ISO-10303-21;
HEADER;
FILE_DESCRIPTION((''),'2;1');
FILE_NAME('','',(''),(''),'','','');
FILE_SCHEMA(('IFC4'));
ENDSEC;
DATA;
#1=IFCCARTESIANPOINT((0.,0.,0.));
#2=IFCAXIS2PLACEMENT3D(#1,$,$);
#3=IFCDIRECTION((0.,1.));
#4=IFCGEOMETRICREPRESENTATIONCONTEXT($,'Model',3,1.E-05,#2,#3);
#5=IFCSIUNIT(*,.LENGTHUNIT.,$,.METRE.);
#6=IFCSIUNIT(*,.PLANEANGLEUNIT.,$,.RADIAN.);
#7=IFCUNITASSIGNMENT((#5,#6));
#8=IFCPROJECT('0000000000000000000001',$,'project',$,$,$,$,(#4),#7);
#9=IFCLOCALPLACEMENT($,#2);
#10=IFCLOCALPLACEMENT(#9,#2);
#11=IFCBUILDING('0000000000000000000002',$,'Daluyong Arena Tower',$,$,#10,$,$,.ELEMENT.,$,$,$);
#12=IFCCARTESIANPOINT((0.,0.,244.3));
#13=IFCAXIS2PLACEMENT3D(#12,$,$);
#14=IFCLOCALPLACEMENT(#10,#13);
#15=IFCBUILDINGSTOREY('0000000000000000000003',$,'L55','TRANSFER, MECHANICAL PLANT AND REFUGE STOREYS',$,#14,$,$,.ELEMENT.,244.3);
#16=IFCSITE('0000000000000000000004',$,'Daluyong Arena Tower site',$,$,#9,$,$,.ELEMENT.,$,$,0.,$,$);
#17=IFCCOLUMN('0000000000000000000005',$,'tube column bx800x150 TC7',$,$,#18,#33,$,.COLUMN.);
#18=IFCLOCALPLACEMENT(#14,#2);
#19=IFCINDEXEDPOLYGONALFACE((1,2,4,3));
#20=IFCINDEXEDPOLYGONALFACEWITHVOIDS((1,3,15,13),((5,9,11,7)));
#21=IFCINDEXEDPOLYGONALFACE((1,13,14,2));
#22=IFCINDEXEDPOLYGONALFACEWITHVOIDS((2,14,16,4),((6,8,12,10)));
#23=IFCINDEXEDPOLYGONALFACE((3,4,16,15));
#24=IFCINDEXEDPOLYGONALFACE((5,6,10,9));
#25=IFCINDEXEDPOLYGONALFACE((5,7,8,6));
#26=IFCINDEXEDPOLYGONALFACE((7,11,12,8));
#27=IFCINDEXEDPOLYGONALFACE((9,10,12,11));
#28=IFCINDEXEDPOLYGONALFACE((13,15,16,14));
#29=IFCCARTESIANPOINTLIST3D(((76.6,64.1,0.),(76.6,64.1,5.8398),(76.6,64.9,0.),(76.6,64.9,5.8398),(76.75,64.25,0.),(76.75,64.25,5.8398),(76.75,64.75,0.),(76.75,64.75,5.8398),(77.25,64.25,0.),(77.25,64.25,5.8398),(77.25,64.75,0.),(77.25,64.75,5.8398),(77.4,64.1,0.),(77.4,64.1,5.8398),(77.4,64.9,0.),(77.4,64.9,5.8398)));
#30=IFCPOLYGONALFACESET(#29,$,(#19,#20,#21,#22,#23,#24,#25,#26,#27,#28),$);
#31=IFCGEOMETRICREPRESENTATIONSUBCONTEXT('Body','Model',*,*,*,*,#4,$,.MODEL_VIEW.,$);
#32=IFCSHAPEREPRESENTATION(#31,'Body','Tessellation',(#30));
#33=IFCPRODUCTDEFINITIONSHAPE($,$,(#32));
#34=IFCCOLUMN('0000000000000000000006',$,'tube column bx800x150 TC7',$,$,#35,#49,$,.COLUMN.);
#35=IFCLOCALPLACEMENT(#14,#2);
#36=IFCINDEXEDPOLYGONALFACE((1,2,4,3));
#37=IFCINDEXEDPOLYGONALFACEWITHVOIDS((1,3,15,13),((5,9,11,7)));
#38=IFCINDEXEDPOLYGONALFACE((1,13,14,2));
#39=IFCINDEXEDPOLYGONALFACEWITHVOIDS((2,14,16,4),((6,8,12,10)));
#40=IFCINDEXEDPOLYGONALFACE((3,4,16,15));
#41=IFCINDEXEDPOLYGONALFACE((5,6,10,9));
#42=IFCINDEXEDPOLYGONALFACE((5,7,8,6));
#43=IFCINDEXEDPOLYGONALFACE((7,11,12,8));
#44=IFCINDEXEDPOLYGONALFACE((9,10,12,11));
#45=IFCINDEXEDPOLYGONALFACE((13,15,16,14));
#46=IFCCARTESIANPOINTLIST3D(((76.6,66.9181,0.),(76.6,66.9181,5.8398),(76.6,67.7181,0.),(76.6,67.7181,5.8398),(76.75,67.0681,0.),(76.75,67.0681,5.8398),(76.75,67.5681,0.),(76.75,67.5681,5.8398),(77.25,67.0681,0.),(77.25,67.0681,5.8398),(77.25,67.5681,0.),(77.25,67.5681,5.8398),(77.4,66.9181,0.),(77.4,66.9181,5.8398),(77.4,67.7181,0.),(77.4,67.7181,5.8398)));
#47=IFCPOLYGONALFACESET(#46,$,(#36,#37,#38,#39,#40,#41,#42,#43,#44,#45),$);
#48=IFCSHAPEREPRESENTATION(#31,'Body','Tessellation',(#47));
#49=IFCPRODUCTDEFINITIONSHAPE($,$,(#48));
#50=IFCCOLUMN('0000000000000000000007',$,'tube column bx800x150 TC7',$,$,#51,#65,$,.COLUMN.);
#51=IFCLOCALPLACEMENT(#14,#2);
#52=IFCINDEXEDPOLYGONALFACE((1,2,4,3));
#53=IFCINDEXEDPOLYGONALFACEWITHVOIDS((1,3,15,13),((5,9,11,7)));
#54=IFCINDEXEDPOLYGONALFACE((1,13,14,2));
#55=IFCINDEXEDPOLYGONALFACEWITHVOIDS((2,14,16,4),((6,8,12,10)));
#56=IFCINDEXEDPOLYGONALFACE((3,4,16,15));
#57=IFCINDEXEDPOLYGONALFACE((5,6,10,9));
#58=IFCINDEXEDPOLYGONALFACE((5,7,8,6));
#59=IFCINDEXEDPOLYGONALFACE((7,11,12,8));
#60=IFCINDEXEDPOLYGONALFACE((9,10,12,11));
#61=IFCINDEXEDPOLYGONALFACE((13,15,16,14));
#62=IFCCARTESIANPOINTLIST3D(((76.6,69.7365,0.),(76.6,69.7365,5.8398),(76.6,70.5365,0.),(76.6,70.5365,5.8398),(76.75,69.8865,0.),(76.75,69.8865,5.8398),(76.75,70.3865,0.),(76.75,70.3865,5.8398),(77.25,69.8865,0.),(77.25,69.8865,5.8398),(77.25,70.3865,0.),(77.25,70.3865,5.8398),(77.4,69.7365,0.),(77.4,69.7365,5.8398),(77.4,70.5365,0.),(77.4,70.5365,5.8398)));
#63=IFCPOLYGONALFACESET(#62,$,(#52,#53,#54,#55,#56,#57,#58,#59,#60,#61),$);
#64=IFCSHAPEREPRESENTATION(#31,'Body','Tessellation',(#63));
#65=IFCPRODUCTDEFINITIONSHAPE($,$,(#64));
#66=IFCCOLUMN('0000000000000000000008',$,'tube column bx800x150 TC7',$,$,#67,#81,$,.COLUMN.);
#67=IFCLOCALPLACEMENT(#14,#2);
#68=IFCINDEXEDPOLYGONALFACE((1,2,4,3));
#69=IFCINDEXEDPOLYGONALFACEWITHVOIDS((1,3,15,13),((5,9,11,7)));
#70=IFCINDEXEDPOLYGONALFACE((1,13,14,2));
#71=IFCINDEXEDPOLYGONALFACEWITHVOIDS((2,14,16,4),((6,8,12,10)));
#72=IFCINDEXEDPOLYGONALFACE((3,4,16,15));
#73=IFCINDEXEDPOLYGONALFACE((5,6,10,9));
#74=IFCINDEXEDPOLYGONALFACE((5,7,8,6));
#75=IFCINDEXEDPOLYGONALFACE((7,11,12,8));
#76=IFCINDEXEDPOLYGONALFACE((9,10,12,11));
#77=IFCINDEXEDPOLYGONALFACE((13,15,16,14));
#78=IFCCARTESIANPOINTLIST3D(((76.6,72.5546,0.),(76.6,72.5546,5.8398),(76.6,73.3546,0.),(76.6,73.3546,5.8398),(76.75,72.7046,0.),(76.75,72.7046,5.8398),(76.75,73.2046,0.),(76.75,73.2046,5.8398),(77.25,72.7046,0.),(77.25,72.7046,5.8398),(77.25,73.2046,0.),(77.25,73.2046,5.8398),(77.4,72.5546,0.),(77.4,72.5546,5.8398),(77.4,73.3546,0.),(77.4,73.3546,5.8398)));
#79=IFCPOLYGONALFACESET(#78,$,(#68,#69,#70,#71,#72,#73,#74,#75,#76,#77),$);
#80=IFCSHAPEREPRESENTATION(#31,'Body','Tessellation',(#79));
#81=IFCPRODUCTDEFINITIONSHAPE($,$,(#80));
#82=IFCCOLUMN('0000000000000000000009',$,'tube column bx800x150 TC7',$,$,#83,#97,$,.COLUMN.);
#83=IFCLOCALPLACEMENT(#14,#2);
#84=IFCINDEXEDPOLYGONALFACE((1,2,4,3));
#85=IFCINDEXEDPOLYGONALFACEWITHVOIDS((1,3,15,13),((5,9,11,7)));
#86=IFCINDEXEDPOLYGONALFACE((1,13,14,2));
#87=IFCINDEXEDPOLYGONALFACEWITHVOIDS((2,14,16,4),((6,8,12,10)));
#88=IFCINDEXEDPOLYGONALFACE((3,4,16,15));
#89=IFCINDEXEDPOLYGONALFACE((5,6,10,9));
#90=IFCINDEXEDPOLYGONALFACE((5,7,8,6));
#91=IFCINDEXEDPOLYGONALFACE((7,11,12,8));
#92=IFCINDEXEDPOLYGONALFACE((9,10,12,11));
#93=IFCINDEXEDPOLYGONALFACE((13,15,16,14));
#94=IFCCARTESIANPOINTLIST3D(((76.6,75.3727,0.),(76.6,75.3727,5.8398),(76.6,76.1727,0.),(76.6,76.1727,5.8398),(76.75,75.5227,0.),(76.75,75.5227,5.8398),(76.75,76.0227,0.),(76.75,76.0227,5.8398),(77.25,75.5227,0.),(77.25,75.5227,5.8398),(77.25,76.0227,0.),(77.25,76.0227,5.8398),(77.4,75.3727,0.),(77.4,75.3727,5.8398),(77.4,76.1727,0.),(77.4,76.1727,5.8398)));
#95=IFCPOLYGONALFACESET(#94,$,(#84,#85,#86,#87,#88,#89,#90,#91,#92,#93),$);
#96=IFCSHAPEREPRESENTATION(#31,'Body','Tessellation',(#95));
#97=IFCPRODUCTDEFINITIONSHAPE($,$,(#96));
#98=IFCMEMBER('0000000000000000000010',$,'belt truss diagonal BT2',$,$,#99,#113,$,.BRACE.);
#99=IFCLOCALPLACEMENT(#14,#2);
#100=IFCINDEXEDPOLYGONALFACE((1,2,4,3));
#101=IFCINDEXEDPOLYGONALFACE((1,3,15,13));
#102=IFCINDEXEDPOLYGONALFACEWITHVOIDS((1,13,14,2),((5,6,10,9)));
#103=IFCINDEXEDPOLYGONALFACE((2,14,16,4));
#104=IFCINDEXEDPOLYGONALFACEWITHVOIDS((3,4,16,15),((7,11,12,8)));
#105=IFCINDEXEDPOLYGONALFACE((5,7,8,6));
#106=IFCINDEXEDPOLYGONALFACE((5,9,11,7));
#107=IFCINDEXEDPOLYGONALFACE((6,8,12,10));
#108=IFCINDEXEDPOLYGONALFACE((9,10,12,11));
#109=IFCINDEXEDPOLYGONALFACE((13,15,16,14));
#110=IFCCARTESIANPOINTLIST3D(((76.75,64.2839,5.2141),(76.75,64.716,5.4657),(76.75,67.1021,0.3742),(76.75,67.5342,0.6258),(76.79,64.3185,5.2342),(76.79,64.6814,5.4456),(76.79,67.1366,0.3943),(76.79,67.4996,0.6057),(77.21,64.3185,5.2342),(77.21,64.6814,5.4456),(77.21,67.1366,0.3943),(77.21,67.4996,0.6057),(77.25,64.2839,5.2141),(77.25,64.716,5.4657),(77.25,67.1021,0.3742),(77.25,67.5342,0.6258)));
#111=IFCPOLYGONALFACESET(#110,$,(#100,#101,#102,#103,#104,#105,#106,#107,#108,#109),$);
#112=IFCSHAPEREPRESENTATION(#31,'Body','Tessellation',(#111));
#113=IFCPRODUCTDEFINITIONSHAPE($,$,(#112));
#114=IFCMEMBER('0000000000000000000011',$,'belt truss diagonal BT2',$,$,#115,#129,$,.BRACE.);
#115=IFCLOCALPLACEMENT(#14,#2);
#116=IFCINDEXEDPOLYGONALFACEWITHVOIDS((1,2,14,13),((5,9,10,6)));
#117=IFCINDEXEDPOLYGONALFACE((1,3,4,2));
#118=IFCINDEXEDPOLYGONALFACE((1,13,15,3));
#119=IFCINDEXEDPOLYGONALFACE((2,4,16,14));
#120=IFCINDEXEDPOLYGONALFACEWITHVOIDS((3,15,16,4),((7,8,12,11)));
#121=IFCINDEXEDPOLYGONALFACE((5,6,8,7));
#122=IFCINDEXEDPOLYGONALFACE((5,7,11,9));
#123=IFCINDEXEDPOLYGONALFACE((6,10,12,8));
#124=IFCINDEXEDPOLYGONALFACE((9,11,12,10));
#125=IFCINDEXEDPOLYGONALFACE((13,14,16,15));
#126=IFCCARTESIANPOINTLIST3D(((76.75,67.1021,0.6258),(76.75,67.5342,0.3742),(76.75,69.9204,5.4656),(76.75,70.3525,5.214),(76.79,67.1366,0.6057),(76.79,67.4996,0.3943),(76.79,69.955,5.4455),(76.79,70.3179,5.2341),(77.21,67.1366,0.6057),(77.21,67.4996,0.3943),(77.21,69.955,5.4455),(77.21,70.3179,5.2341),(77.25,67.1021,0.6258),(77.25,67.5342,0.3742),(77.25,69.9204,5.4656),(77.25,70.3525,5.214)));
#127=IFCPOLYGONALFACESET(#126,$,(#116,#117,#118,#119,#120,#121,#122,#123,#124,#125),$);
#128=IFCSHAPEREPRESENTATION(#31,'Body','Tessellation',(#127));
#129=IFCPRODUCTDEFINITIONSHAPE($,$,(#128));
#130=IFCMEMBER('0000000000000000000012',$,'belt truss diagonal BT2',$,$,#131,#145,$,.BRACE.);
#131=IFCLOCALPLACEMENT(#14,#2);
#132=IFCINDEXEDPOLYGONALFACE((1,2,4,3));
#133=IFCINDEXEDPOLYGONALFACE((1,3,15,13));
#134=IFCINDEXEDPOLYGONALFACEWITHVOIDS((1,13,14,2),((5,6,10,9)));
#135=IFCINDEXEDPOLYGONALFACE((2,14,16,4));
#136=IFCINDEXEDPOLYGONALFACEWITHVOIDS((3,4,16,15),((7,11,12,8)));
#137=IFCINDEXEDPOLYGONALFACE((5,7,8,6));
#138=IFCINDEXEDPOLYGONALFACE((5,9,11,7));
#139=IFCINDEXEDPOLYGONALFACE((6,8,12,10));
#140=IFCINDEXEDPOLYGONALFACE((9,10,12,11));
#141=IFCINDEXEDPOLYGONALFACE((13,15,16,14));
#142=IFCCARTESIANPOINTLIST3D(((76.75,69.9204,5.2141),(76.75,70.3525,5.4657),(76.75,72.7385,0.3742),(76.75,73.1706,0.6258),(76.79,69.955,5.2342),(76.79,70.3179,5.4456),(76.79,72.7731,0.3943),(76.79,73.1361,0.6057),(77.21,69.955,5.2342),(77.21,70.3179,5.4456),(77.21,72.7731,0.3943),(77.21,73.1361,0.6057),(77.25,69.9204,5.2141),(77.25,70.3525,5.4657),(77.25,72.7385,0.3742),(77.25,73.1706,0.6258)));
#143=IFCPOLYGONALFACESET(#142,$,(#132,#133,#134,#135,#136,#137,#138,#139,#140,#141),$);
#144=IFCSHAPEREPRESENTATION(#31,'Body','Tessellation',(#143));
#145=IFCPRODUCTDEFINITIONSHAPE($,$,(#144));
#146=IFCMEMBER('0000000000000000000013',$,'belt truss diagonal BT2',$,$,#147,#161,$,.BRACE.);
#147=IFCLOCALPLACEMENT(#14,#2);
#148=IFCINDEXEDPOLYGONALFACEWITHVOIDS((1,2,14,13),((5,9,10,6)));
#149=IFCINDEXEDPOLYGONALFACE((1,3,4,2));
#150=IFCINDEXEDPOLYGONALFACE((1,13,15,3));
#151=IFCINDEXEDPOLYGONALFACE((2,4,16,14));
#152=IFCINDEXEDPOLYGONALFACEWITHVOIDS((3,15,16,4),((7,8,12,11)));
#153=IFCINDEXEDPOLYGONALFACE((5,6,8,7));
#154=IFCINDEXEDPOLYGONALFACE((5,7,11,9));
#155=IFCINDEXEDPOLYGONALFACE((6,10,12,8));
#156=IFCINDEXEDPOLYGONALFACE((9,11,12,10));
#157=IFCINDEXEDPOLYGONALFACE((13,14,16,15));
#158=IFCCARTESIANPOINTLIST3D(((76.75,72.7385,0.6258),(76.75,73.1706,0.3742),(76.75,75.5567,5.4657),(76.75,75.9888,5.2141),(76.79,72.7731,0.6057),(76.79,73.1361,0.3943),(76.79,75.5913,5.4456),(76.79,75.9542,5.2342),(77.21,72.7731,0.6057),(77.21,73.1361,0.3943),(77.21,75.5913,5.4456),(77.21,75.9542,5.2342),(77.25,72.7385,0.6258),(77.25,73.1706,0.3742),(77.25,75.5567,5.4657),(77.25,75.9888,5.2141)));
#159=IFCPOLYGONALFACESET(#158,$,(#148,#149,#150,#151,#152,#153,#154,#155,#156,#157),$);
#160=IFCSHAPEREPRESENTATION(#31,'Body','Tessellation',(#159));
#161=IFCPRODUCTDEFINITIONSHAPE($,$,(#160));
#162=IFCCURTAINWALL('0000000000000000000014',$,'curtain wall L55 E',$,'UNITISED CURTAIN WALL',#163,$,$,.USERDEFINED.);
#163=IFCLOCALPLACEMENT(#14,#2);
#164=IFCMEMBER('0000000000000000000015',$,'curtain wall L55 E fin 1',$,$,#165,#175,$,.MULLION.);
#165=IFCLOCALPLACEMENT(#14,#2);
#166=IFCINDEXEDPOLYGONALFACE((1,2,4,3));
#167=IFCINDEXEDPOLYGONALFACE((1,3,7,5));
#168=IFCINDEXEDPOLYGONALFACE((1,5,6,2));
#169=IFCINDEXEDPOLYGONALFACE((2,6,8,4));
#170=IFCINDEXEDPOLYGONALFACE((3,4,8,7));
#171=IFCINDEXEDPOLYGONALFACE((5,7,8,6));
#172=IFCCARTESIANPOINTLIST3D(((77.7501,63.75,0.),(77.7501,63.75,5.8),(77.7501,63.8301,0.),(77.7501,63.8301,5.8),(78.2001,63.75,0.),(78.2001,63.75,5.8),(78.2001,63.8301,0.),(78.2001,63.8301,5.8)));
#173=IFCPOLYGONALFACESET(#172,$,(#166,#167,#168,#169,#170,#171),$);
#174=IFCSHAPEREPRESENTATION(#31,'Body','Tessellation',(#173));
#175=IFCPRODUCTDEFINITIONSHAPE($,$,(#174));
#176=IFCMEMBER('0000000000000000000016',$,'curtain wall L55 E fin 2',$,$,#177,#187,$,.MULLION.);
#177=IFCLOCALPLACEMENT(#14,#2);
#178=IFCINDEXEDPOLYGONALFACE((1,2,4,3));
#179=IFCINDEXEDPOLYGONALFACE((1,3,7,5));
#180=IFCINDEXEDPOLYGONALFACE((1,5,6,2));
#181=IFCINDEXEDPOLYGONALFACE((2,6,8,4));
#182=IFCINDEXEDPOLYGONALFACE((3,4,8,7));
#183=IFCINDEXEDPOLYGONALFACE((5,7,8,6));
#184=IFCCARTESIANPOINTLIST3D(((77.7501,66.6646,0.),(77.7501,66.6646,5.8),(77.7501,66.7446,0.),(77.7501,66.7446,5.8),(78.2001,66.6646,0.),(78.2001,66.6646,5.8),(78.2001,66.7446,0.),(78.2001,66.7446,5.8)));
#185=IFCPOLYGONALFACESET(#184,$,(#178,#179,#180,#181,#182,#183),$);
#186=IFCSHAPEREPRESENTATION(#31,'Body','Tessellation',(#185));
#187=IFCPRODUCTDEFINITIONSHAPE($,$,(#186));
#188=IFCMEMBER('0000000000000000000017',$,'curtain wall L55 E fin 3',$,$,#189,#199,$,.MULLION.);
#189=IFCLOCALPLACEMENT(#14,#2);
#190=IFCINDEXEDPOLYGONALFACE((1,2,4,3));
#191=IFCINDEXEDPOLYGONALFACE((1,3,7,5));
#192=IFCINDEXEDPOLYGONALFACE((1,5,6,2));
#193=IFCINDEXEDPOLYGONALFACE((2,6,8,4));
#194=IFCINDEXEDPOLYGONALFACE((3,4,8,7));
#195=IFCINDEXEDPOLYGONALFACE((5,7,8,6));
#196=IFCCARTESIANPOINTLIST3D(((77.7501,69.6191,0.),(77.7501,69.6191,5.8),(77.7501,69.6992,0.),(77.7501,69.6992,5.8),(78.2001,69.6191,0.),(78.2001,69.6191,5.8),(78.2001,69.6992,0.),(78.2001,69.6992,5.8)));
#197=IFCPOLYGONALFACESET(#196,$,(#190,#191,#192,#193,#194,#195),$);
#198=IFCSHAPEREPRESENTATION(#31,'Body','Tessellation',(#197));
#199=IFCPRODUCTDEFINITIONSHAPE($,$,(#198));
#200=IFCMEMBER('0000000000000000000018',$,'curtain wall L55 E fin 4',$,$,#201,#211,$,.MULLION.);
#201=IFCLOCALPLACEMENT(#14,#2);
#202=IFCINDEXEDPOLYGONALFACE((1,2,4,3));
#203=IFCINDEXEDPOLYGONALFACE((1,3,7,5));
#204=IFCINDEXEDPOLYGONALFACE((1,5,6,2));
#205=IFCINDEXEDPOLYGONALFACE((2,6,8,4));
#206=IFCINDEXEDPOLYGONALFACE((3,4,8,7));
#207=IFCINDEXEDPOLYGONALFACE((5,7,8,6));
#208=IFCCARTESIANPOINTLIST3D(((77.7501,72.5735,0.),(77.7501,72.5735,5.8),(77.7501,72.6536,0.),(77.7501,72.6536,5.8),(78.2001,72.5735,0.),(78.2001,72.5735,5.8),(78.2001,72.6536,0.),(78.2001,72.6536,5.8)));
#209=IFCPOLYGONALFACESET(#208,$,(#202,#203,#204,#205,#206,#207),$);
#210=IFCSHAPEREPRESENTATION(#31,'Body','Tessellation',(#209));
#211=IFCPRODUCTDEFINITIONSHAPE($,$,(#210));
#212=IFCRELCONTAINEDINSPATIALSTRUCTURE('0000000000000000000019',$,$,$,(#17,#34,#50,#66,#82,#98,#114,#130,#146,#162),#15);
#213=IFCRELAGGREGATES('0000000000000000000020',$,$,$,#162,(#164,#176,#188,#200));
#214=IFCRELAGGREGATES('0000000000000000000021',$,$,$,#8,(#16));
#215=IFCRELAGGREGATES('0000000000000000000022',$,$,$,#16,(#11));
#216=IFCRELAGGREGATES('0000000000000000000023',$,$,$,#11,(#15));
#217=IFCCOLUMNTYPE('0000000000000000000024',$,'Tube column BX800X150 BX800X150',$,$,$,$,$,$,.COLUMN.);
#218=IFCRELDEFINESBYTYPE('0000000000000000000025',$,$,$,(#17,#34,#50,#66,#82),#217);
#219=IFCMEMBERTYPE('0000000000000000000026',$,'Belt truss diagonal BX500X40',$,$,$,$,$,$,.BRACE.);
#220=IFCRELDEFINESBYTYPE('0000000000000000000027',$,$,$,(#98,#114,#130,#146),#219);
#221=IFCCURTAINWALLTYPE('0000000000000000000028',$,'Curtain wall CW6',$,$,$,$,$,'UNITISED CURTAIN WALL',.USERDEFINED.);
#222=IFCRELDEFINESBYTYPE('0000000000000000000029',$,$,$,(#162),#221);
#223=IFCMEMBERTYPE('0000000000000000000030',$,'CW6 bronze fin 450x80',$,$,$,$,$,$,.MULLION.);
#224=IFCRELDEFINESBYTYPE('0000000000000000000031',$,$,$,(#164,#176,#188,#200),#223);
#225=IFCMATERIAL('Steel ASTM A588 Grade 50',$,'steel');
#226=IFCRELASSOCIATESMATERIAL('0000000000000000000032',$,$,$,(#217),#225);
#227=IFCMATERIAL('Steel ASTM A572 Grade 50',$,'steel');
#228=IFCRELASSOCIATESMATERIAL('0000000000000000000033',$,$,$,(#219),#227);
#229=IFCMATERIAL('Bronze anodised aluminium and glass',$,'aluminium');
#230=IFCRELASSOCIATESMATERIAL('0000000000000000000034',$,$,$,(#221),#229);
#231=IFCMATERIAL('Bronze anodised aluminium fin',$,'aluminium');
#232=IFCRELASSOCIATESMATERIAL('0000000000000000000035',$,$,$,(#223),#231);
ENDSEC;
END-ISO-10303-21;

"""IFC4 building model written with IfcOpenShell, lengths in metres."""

from ifc_helpers import new_model, si_unit, direction, frame, origin, origin_2d, place, context, subcontext, project, spatial, rectangle, hollow_rectangle, extrude, material, material_profile, profile_set, type_object, element, aggregate, save


model = new_model("IFC4")

# Units and contexts
model_context = context("Model", 3, precision=1e-05, world=origin(), true_north=direction((0.0, 1.0)))
body_context = subcontext(model_context, "Body", "Model", "MODEL_VIEW")
ifc_project = project(units=[si_unit("LENGTHUNIT", "METRE"), si_unit("PLANEANGLEUNIT", "RADIAN")], contexts=[model_context])

# Site, building, storey
site_placement = place(None, origin())
site = spatial("IfcSite", under=ifc_project, at=site_placement, Name="Daluyong Arena Tower site", CompositionType="ELEMENT", RefElevation=0.0)
building_placement = place(site_placement, origin())
building = spatial("IfcBuilding", under=site, at=building_placement, Name="Daluyong Arena Tower", CompositionType="ELEMENT")
storey_placement = place(building_placement, frame((0.0, 0.0, 244.3)))
storey = spatial("IfcBuildingStorey", under=building, at=storey_placement, Name="L55", Description="TRANSFER, MECHANICAL PLANT AND REFUGE STOREYS", CompositionType="ELEMENT", Elevation=244.3)

# Columns
ifc_material_1 = material(Name="Steel ASTM A588 Grade 50", Category="steel")
ifc_material_profile_1 = material_profile(ifc_material_1, hollow_rectangle(XDim=0.8, YDim=0.8, WallThickness=0.15, at=origin_2d()))
ifc_profile_set_1 = profile_set([ifc_material_profile_1], Name="Steel ASTM A588 Grade 50")
column_type = type_object("IfcColumnType", Name="Tube column BX800X150 BX800X150", PredefinedType="COLUMN", material=ifc_profile_set_1)
for number, where, z_axis, x_axis, name in (
    (1, (77.0, 64.5, 0.0), (0.0, 0.0, 1.0), (0.0, 1.0, 0.0), "tube column bx800x150 TC7"),
    (2, (77.0, 67.3181, 0.0), (0.0, 0.0, 1.0), (0.0, 1.0, 0.0), "tube column bx800x150 TC7"),
    (3, (77.0, 70.1365, 0.0), (0.0, 0.0, 1.0), (0.0, 1.0, 0.0), "tube column bx800x150 TC7"),
    (4, (77.0, 72.9546, 0.0), (0.0, 0.0, 1.0), (0.0, 1.0, 0.0), "tube column bx800x150 TC7"),
    (5, (77.0, 75.7727, 0.0), (0.0, 0.0, 1.0), (0.0, 1.0, 0.0), "tube column bx800x150 TC7"),
):
    element("IfcColumn", number, at=place(storey_placement, frame(where, z_axis=z_axis, x_axis=x_axis)), inside=storey, type_object=column_type, Name=name, PredefinedType="COLUMN", context=body_context, shape_type="SweptSolid", body=[
        extrude(hollow_rectangle(XDim=0.8, YDim=0.8, WallThickness=0.15, at=origin_2d()), origin(), (0.0, 0.0, 1.0), 5.8398),
    ])

# Members
ifc_material_2 = material(Name="Steel ASTM A572 Grade 50", Category="steel")
ifc_material_profile_2 = material_profile(ifc_material_2, hollow_rectangle(XDim=0.5, YDim=0.5, WallThickness=0.04, at=origin_2d()))
ifc_profile_set_2 = profile_set([ifc_material_profile_2], Name="Steel ASTM A572 Grade 50")
member_type_1 = type_object("IfcMemberType", Name="Belt truss diagonal BX500X40", PredefinedType="BRACE", material=ifc_profile_set_2)
for number, where, z_axis, x_axis, name in (
    (6, (77.0, 67.3181, 0.5), (0.0, -0.503188, 0.864177), (1.0, 0.0, 0.0), "belt truss diagonal BT2"),
    (7, (77.0, 67.3181, 0.5), (0.0, 0.50322, 0.864158), (-1.0, 0.0, 0.0), "belt truss diagonal BT2"),
    (8, (77.0, 72.9546, 0.5), (0.0, -0.503188, 0.864177), (1.0, 0.0, 0.0), "belt truss diagonal BT2"),
    (9, (77.0, 72.9546, 0.5), (0.0, 0.503188, 0.864177), (-1.0, 0.0, 0.0), "belt truss diagonal BT2"),
):
    element("IfcMember", number, at=place(storey_placement, frame(where, z_axis=z_axis, x_axis=x_axis)), inside=storey, type_object=member_type_1, Name=name, PredefinedType="BRACE", context=body_context, shape_type="SweptSolid", body=[
        extrude(hollow_rectangle(XDim=0.5, YDim=0.5, WallThickness=0.04, at=origin_2d()), origin(), (0.0, 0.0, 1.0), 5.6006),
    ])

# Curtain wall, members
ifc_material_3 = material(Name="Bronze anodised aluminium and glass", Category="aluminium")
curtain_wall_type = type_object("IfcCurtainWallType", Name="Curtain wall CW6", ElementType="UNITISED CURTAIN WALL", PredefinedType="USERDEFINED", material=ifc_material_3)
curtain_wall_placement = place(storey_placement, origin())
curtain_wall = element("IfcCurtainWall", 10, at=curtain_wall_placement, inside=storey, type_object=curtain_wall_type, Name="curtain wall L55 E", ObjectType="UNITISED CURTAIN WALL", PredefinedType="USERDEFINED")
ifc_material_4 = material(Name="Bronze anodised aluminium fin", Category="aluminium")
ifc_material_profile_3 = material_profile(ifc_material_4, rectangle(XDim=0.45, YDim=0.0801, at=origin_2d()))
ifc_profile_set_3 = profile_set([ifc_material_profile_3], Name="Bronze anodised aluminium fin")
member_type_2 = type_object("IfcMemberType", Name="CW6 bronze fin 450x80", PredefinedType="MULLION", material=ifc_profile_set_3)
member_1_placement = place(storey_placement, frame((77.9751, 63.79, 0.0), z_axis=(0.0, 0.0, 1.0), x_axis=(-1.0, 0.0, 0.0)))
member_1 = element("IfcMember", 11, at=member_1_placement, type_object=member_type_2, Name="curtain wall L55 E fin 1", PredefinedType="MULLION", context=body_context, shape_type="SweptSolid", body=[
    extrude(rectangle(XDim=0.45, YDim=0.0801, at=origin_2d()), origin(), (0.0, 0.0, 1.0), 5.8),
])
member_2_placement = place(storey_placement, frame((77.9751, 66.7046, 0.0), z_axis=(0.0, 0.0, 1.0), x_axis=(-1.0, 0.0, 0.0)))
member_2 = element("IfcMember", 12, at=member_2_placement, type_object=member_type_2, Name="curtain wall L55 E fin 2", PredefinedType="MULLION", context=body_context, shape_type="SweptSolid", body=[
    extrude(rectangle(XDim=0.45, YDim=0.0801, at=origin_2d()), origin(), (0.0, 0.0, 1.0), 5.8),
])
member_3_placement = place(storey_placement, frame((77.9751, 69.6592, 0.0), z_axis=(0.0, 0.0, 1.0), x_axis=(-1.0, 0.0, 0.0)))
member_3 = element("IfcMember", 13, at=member_3_placement, type_object=member_type_2, Name="curtain wall L55 E fin 3", PredefinedType="MULLION", context=body_context, shape_type="SweptSolid", body=[
    extrude(rectangle(XDim=0.45, YDim=0.0801, at=origin_2d()), origin(), (0.0, 0.0, 1.0), 5.8),
])
member_4_placement = place(storey_placement, frame((77.9751, 72.6135, 0.0), z_axis=(0.0, 0.0, 1.0), x_axis=(-1.0, 0.0, 0.0)))
member_4 = element("IfcMember", 14, at=member_4_placement, type_object=member_type_2, Name="curtain wall L55 E fin 4", PredefinedType="MULLION", context=body_context, shape_type="SweptSolid", body=[
    extrude(rectangle(XDim=0.45, YDim=0.0801, at=origin_2d()), origin(), (0.0, 0.0, 1.0), 5.8),
])

aggregate(curtain_wall, [member_1, member_2, member_3, member_4])

save(model, "model.ifc")
